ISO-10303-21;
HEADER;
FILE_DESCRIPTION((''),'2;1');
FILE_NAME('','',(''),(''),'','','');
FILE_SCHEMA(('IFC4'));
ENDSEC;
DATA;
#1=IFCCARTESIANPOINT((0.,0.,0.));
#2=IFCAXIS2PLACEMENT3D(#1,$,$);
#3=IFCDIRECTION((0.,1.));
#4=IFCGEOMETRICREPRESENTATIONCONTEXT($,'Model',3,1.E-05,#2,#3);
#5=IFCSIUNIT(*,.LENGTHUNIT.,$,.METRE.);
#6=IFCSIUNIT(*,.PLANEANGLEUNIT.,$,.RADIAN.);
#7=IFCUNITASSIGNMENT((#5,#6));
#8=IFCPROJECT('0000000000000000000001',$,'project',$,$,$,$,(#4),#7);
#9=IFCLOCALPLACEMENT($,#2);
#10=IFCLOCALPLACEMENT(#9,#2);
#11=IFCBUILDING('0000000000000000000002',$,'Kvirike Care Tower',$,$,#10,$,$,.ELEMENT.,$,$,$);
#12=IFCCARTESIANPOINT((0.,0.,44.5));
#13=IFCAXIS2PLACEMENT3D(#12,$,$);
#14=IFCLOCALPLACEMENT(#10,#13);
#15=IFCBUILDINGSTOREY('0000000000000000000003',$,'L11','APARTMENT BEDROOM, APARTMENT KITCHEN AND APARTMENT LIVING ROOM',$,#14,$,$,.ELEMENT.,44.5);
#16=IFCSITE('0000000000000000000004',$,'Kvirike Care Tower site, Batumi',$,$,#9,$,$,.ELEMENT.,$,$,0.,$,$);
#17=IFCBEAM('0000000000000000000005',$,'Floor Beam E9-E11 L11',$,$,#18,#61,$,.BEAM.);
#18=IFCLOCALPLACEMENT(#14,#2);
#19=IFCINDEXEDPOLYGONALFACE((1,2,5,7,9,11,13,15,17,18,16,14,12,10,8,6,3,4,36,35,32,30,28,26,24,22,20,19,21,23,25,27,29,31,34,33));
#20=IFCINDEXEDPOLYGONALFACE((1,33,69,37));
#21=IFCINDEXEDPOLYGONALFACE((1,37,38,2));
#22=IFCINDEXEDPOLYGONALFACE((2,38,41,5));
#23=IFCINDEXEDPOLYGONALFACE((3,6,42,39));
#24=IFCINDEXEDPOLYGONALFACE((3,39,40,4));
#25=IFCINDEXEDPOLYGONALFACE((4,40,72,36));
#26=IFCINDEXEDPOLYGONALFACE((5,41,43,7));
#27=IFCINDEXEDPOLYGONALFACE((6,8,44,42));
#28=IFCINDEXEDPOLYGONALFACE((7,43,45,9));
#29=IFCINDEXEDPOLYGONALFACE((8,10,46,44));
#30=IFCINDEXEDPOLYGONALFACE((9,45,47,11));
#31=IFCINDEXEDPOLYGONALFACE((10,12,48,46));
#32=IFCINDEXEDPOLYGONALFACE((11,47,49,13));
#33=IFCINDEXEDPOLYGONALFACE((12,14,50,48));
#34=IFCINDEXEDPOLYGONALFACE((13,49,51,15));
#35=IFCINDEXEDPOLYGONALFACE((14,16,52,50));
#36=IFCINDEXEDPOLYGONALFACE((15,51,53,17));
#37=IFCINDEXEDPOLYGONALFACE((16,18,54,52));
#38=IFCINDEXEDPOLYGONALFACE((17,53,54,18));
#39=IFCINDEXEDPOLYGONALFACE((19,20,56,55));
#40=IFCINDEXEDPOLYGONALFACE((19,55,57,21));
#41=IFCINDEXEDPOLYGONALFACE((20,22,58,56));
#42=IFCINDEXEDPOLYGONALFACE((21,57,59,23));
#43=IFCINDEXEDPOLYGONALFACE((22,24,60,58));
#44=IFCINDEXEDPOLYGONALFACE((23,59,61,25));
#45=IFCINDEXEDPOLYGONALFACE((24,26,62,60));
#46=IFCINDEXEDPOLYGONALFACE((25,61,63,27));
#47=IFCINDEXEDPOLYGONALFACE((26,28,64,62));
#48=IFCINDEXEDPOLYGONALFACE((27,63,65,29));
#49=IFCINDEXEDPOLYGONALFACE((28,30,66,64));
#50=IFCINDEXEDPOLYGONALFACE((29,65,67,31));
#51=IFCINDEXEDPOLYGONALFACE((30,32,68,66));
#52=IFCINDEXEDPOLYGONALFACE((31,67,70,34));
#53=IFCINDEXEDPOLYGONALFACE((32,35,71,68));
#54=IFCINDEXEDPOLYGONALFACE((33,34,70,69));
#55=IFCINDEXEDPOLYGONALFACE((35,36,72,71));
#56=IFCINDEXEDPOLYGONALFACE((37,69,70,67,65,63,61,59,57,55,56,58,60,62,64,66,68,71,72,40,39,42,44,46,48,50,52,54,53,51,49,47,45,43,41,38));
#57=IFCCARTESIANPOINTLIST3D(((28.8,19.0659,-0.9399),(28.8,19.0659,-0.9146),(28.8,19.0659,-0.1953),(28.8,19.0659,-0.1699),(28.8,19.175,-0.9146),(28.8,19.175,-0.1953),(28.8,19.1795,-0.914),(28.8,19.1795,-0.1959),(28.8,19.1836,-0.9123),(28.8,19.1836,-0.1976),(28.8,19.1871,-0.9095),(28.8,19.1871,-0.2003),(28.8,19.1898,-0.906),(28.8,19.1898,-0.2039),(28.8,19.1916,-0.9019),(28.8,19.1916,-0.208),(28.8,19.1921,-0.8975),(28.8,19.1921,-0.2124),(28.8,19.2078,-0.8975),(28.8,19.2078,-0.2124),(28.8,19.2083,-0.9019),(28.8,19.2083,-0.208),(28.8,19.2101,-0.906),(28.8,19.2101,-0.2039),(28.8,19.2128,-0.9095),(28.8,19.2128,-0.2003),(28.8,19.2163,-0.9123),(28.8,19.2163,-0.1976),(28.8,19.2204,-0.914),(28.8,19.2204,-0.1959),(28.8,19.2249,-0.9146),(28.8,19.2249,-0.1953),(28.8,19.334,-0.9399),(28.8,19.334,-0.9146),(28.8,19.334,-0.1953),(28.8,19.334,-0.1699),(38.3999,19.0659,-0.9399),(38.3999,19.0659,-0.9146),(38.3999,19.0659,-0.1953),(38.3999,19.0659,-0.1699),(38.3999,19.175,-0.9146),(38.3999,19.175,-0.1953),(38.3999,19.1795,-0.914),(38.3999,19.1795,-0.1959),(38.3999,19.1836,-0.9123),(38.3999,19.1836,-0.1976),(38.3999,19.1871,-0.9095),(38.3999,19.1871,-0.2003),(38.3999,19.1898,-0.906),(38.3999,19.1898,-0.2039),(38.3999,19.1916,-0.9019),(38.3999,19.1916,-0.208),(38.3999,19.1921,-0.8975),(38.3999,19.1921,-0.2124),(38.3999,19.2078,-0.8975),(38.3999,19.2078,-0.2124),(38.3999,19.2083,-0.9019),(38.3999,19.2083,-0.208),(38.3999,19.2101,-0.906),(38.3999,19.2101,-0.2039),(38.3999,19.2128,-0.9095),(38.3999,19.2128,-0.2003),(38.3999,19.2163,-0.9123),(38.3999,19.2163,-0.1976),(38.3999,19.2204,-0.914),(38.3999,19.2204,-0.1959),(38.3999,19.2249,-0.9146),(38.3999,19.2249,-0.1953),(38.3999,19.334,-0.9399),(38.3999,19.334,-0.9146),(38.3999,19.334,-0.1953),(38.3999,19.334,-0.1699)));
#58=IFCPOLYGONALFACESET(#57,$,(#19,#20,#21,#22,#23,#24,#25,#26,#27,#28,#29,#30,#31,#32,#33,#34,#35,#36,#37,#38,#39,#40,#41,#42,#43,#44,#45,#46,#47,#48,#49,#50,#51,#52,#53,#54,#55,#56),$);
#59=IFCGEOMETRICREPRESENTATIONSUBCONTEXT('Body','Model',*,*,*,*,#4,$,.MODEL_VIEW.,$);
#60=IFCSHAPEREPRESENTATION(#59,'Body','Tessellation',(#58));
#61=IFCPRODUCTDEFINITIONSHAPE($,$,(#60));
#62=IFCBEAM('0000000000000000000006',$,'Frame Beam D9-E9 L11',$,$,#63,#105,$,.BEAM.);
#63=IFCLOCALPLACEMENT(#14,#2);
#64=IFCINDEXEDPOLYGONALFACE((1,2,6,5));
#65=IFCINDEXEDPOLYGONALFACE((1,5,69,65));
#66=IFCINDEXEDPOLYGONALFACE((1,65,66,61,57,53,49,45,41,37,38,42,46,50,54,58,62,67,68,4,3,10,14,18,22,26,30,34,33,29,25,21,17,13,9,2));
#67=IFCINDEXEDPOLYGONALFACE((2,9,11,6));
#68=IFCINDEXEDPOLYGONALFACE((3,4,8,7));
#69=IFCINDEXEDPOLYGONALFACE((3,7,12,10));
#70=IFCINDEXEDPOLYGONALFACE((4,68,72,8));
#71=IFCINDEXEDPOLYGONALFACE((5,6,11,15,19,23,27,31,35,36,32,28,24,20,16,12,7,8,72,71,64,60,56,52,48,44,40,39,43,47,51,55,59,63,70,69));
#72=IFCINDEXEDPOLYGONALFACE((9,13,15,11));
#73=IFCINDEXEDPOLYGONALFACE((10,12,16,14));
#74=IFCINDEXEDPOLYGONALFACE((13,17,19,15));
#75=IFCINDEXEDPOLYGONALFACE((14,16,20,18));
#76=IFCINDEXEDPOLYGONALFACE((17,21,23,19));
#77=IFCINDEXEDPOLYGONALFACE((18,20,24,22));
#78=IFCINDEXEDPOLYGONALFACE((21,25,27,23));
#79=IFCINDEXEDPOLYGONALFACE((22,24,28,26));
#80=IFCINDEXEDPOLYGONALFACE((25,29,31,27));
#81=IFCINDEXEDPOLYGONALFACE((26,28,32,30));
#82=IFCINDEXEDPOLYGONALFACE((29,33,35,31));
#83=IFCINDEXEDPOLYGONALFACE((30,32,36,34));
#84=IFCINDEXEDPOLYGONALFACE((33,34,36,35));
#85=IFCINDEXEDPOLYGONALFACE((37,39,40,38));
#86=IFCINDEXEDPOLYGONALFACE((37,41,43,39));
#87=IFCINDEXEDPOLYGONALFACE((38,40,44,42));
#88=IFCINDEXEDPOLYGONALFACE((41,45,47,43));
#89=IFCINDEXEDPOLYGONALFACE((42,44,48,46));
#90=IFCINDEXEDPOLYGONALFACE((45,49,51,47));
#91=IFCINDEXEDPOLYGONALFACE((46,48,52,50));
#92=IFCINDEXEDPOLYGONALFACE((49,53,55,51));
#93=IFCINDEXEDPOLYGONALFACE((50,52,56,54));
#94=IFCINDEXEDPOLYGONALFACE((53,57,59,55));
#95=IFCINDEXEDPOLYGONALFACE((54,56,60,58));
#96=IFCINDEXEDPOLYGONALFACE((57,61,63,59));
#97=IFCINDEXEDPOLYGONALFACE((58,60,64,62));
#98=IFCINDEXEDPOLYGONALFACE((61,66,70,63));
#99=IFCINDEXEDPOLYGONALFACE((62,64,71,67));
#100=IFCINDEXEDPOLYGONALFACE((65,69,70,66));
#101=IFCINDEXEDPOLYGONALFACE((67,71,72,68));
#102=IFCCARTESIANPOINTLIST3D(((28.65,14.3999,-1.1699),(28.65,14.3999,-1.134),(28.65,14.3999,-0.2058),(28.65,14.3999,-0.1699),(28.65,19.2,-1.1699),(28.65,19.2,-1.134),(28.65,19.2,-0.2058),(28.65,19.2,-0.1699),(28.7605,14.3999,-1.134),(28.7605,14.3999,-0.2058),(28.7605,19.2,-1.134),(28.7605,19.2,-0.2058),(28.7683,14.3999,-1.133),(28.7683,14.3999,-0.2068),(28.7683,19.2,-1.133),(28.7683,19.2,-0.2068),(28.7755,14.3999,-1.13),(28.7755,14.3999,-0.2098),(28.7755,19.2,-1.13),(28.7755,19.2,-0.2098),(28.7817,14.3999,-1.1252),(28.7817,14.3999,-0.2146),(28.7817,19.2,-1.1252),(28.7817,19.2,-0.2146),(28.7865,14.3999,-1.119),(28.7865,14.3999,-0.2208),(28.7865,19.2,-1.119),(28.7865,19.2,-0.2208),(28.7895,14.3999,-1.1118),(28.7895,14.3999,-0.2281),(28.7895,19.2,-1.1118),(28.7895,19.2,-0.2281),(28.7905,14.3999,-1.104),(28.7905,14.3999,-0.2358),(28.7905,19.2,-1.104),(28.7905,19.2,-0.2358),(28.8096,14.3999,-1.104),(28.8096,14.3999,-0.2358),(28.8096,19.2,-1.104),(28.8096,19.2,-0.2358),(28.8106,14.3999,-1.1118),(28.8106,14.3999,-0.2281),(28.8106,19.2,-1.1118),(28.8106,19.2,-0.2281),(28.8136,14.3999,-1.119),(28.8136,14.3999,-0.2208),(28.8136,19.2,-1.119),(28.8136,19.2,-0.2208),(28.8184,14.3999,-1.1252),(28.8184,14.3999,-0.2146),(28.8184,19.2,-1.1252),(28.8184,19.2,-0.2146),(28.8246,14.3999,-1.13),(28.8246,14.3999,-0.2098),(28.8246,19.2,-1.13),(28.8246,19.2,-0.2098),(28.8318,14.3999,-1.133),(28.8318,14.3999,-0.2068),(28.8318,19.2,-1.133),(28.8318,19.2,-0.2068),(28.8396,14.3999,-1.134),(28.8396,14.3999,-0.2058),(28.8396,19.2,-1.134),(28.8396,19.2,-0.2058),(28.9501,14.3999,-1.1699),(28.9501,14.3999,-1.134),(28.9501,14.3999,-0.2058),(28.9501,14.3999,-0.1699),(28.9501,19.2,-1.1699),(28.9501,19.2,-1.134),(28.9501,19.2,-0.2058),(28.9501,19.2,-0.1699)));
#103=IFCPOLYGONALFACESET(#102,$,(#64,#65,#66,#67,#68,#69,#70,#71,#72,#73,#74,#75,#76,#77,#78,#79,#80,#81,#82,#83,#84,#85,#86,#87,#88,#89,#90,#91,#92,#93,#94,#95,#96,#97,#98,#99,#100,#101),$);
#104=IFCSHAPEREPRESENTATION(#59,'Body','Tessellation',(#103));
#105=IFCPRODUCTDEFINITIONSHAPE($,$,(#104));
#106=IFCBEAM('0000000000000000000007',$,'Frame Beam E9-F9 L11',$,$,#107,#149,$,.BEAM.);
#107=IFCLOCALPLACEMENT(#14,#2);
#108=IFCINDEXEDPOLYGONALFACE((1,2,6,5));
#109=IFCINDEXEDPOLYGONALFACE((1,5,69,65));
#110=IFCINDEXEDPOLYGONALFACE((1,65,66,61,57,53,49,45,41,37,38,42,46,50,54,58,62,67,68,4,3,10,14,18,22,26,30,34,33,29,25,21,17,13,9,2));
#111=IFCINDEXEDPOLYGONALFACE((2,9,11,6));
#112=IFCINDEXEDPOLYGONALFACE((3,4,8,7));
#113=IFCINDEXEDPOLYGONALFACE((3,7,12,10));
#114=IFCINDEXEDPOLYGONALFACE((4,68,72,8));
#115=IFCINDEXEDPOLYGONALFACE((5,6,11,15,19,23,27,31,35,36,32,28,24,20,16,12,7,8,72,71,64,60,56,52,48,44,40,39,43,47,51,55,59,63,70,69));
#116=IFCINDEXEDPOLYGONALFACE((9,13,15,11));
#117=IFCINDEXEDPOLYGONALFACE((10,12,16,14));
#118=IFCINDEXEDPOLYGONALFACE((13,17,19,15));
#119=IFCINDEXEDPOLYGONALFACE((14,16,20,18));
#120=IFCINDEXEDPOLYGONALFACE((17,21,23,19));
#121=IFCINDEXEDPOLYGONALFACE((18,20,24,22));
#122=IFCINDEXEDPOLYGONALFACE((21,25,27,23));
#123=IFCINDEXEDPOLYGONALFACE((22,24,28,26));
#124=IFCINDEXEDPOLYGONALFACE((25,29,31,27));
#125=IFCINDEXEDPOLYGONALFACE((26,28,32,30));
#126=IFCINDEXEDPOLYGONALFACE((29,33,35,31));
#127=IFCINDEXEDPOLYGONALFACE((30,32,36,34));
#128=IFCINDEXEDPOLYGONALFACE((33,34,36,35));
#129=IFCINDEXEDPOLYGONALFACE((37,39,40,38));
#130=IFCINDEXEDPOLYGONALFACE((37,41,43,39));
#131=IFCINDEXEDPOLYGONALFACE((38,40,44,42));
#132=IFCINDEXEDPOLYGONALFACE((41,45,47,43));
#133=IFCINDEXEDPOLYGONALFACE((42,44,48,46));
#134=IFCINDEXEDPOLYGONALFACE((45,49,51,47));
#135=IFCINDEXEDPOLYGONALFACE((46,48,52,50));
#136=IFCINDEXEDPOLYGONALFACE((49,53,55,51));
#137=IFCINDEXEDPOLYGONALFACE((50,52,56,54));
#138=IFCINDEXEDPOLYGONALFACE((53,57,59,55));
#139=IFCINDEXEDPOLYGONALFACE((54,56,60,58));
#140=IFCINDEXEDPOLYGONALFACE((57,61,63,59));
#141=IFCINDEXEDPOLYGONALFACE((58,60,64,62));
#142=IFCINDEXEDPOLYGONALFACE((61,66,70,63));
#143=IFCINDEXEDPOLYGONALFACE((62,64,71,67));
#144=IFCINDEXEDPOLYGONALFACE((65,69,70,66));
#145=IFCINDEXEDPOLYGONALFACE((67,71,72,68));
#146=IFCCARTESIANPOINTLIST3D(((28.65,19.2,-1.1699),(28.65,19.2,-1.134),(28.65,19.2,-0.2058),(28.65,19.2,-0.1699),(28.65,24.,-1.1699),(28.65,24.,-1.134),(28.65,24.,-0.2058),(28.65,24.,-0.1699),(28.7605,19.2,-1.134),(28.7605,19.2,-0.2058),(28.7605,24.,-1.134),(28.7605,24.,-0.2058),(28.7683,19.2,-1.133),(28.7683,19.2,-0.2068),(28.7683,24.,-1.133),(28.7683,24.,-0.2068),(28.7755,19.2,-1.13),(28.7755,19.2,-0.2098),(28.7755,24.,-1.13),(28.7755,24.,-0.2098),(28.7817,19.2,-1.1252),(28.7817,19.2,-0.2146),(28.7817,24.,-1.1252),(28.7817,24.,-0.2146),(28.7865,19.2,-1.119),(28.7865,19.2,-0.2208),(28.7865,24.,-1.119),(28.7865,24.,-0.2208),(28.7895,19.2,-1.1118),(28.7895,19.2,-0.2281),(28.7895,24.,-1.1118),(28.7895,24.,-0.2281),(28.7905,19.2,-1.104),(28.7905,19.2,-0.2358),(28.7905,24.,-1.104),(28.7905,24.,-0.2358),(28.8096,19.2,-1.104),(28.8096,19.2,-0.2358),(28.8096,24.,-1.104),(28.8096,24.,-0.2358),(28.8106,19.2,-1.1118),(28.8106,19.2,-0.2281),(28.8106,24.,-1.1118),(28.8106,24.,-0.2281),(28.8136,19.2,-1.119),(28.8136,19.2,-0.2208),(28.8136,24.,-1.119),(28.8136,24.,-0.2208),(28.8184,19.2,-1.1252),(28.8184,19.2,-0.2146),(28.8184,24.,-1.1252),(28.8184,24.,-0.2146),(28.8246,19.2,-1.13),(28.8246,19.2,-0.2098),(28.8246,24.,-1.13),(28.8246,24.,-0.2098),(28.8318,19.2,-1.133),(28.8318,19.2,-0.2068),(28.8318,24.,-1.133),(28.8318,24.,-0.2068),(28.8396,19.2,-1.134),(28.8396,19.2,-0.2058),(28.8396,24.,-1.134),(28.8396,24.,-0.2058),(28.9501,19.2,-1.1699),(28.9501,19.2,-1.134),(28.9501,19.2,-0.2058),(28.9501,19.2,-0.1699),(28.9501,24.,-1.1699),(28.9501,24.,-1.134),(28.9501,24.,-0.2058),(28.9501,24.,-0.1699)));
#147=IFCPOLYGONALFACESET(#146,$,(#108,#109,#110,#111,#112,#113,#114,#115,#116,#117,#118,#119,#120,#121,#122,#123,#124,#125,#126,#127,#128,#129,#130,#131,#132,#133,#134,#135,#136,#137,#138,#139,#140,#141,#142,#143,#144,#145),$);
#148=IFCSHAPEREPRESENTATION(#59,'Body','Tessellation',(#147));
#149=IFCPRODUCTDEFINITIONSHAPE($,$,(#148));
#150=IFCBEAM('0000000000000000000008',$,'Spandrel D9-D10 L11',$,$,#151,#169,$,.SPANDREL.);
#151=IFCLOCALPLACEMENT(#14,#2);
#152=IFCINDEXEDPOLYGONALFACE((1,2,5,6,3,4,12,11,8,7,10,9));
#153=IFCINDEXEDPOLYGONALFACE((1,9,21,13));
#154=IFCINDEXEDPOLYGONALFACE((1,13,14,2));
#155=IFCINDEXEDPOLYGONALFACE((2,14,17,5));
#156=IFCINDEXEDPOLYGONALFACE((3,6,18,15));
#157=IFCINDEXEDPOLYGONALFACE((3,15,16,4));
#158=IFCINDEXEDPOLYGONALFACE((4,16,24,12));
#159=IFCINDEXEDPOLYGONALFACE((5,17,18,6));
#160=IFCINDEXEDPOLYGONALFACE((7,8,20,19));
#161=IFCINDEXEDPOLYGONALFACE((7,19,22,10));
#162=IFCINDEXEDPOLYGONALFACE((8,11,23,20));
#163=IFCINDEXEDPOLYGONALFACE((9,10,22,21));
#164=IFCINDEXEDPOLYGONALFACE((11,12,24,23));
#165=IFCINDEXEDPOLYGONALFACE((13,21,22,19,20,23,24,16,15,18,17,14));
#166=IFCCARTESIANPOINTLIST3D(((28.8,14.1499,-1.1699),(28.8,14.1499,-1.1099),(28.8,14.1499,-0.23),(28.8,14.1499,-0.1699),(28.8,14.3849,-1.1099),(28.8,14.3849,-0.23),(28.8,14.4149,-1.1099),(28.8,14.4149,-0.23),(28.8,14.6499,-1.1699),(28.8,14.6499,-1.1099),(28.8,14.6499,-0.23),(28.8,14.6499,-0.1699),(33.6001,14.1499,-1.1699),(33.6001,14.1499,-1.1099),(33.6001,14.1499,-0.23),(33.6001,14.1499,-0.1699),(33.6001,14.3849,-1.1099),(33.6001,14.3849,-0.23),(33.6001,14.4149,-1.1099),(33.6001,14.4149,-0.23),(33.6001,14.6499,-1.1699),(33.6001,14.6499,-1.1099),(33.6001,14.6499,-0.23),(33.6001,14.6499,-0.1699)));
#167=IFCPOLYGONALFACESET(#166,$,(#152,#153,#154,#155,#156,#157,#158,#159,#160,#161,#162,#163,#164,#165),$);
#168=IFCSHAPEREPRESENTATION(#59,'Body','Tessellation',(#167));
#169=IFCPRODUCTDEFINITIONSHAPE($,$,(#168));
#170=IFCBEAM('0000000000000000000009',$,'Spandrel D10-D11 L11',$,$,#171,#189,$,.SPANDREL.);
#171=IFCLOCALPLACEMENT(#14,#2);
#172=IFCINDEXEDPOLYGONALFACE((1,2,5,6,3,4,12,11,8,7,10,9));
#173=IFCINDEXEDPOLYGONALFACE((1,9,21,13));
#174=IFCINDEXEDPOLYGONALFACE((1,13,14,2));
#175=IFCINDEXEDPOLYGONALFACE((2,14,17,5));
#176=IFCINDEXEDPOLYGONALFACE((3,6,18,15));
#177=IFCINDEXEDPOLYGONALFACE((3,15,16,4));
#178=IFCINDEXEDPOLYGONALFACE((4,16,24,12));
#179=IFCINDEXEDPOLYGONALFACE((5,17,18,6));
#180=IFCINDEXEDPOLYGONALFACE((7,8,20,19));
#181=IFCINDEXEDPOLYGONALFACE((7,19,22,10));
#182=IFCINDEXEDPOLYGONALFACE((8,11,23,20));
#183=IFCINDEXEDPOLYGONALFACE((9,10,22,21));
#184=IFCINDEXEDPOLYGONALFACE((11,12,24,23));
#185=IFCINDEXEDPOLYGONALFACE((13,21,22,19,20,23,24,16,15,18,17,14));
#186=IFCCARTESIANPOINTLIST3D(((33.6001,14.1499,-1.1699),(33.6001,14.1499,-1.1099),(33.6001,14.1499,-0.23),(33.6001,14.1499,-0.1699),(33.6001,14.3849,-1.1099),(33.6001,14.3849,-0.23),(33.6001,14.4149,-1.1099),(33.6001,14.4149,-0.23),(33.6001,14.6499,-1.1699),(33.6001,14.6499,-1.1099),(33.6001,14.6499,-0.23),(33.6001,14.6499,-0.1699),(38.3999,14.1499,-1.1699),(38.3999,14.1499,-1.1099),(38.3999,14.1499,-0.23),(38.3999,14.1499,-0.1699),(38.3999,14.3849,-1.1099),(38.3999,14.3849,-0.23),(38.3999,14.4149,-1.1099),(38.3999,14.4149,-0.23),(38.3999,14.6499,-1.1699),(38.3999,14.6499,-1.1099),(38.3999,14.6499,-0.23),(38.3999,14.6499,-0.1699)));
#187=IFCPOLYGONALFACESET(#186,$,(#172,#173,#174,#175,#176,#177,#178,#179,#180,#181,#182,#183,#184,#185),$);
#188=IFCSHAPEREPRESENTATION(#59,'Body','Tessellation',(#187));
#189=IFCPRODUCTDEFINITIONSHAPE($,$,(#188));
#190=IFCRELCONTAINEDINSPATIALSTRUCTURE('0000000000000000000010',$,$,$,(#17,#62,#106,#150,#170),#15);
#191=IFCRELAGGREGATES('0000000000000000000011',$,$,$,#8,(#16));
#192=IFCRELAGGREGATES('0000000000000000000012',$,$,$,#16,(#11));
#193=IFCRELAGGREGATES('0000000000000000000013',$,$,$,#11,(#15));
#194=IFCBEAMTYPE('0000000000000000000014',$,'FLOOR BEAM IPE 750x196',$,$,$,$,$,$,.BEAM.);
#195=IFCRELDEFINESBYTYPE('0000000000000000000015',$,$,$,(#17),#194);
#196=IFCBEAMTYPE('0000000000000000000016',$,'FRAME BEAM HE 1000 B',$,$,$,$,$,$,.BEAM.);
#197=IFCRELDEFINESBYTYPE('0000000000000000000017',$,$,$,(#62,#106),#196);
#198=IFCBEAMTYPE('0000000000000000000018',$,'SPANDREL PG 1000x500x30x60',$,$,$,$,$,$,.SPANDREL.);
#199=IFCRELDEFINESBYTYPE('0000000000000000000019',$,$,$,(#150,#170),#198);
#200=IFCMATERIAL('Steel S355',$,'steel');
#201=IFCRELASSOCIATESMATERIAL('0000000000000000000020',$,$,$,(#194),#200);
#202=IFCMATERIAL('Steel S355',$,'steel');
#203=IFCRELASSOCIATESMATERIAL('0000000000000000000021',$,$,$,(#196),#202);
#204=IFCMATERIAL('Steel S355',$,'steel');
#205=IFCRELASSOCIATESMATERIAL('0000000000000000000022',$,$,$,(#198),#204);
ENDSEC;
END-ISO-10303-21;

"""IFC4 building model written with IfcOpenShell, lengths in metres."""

from ifc_helpers import new_model, si_unit, direction, frame, origin, origin_2d, place, context, subcontext, project, spatial, i_section, extrude, material, material_profile, profile_set, type_object, element, save


model = new_model("IFC4")

# Units and contexts
model_context = context("Model", 3, precision=1e-05, world=origin(), true_north=direction((0.0, 1.0)))
body_context = subcontext(model_context, "Body", "Model", "MODEL_VIEW")
ifc_project = project(units=[si_unit("LENGTHUNIT", "METRE"), si_unit("PLANEANGLEUNIT", "RADIAN")], contexts=[model_context])

# Site, building, storey
site_placement = place(None, origin())
site = spatial("IfcSite", under=ifc_project, at=site_placement, Name="Kvirike Care Tower site, Batumi", CompositionType="ELEMENT", RefElevation=0.0)
building_placement = place(site_placement, origin())
building = spatial("IfcBuilding", under=site, at=building_placement, Name="Kvirike Care Tower", CompositionType="ELEMENT")
storey_placement = place(building_placement, frame((0.0, 0.0, 44.5)))
storey = spatial("IfcBuildingStorey", under=building, at=storey_placement, Name="L11", Description="APARTMENT BEDROOM, APARTMENT KITCHEN AND APARTMENT LIVING ROOM", CompositionType="ELEMENT", Elevation=44.5)

# Beams
ifc_material_1 = material(Name="Steel S355", Category="steel")
ifc_material_profile_1 = material_profile(ifc_material_1, i_section(OverallWidth=0.2681, OverallDepth=0.77, WebThickness=0.0156, FlangeThickness=0.0254, FilletRadius=0.0171, at=origin_2d()), Name="IPE 750x196")
ifc_profile_set_1 = profile_set([ifc_material_profile_1], Name="Steel S355")
beam_type_1 = type_object("IfcBeamType", Name="FLOOR BEAM IPE 750x196", PredefinedType="BEAM", material=ifc_profile_set_1)
beam_1_placement = place(storey_placement, frame((28.8, 19.2, -0.5549), z_axis=(1.0, 0.0, 0.0), x_axis=(0.0, 1.0, 0.0)))
element("IfcBeam", 1, at=beam_1_placement, inside=storey, type_object=beam_type_1, Name="Floor Beam E9-E11 L11", PredefinedType="BEAM", context=body_context, shape_type="SweptSolid", body=[
    extrude(i_section(OverallWidth=0.2681, OverallDepth=0.77, WebThickness=0.0156, FlangeThickness=0.0254, FilletRadius=0.0171, at=origin_2d()), origin(), (0.0, 0.0, 1.0), 9.5999),
])
ifc_material_2 = material(Name="Steel S355", Category="steel")
ifc_material_profile_2 = material_profile(ifc_material_2, i_section(OverallWidth=0.3, OverallDepth=1.0, WebThickness=0.019, FlangeThickness=0.0359, FilletRadius=0.03, at=origin_2d()), Name="HE 1000 B")
ifc_profile_set_2 = profile_set([ifc_material_profile_2], Name="Steel S355")
beam_type_2 = type_object("IfcBeamType", Name="FRAME BEAM HE 1000 B", PredefinedType="BEAM", material=ifc_profile_set_2)
for number, where, z_axis, x_axis, name in (
    (2, (28.8, 14.3999, -0.6699), (0.0, 1.0, 0.0), (-1.0, 0.0, 0.0), "Frame Beam D9-E9 L11"),
    (3, (28.8, 19.2, -0.6699), (0.0, 1.0, 0.0), (-1.0, 0.0, 0.0), "Frame Beam E9-F9 L11"),
):
    element("IfcBeam", number, at=place(storey_placement, frame(where, z_axis=z_axis, x_axis=x_axis)), inside=storey, type_object=beam_type_2, Name=name, PredefinedType="BEAM", context=body_context, shape_type="SweptSolid", body=[
        extrude(i_section(OverallWidth=0.3, OverallDepth=1.0, WebThickness=0.019, FlangeThickness=0.0359, FilletRadius=0.03, at=origin_2d()), origin(), (0.0, 0.0, 1.0), 4.8),
    ])
ifc_material_3 = material(Name="Steel S355", Category="steel")
ifc_material_profile_3 = material_profile(ifc_material_3, i_section(OverallWidth=0.5, OverallDepth=1.0, WebThickness=0.03, FlangeThickness=0.0601, at=origin_2d()), Name="PG 1000x500x30x60")
ifc_profile_set_3 = profile_set([ifc_material_profile_3], Name="Steel S355")
beam_type_3 = type_object("IfcBeamType", Name="SPANDREL PG 1000x500x30x60", PredefinedType="SPANDREL", material=ifc_profile_set_3)
beam_2_placement = place(storey_placement, frame((28.8, 14.3999, -0.6699), z_axis=(1.0, 0.0, 0.0), x_axis=(0.0, 1.0, 0.0)))
element("IfcBeam", 4, at=beam_2_placement, inside=storey, type_object=beam_type_3, Name="Spandrel D9-D10 L11", PredefinedType="SPANDREL", context=body_context, shape_type="SweptSolid", body=[
    extrude(i_section(OverallWidth=0.5, OverallDepth=1.0, WebThickness=0.03, FlangeThickness=0.0601, at=origin_2d()), origin(), (0.0, 0.0, 1.0), 4.8),
])
beam_3_placement = place(storey_placement, frame((33.6001, 14.3999, -0.6699), z_axis=(1.0, 0.0, 0.0), x_axis=(0.0, 1.0, 0.0)))
element("IfcBeam", 5, at=beam_3_placement, inside=storey, type_object=beam_type_3, Name="Spandrel D10-D11 L11", PredefinedType="SPANDREL", context=body_context, shape_type="SweptSolid", body=[
    extrude(i_section(OverallWidth=0.5, OverallDepth=1.0, WebThickness=0.03, FlangeThickness=0.0601, at=origin_2d()), origin(), (0.0, 0.0, 1.0), 4.7998),
])

save(model, "model.ifc")
